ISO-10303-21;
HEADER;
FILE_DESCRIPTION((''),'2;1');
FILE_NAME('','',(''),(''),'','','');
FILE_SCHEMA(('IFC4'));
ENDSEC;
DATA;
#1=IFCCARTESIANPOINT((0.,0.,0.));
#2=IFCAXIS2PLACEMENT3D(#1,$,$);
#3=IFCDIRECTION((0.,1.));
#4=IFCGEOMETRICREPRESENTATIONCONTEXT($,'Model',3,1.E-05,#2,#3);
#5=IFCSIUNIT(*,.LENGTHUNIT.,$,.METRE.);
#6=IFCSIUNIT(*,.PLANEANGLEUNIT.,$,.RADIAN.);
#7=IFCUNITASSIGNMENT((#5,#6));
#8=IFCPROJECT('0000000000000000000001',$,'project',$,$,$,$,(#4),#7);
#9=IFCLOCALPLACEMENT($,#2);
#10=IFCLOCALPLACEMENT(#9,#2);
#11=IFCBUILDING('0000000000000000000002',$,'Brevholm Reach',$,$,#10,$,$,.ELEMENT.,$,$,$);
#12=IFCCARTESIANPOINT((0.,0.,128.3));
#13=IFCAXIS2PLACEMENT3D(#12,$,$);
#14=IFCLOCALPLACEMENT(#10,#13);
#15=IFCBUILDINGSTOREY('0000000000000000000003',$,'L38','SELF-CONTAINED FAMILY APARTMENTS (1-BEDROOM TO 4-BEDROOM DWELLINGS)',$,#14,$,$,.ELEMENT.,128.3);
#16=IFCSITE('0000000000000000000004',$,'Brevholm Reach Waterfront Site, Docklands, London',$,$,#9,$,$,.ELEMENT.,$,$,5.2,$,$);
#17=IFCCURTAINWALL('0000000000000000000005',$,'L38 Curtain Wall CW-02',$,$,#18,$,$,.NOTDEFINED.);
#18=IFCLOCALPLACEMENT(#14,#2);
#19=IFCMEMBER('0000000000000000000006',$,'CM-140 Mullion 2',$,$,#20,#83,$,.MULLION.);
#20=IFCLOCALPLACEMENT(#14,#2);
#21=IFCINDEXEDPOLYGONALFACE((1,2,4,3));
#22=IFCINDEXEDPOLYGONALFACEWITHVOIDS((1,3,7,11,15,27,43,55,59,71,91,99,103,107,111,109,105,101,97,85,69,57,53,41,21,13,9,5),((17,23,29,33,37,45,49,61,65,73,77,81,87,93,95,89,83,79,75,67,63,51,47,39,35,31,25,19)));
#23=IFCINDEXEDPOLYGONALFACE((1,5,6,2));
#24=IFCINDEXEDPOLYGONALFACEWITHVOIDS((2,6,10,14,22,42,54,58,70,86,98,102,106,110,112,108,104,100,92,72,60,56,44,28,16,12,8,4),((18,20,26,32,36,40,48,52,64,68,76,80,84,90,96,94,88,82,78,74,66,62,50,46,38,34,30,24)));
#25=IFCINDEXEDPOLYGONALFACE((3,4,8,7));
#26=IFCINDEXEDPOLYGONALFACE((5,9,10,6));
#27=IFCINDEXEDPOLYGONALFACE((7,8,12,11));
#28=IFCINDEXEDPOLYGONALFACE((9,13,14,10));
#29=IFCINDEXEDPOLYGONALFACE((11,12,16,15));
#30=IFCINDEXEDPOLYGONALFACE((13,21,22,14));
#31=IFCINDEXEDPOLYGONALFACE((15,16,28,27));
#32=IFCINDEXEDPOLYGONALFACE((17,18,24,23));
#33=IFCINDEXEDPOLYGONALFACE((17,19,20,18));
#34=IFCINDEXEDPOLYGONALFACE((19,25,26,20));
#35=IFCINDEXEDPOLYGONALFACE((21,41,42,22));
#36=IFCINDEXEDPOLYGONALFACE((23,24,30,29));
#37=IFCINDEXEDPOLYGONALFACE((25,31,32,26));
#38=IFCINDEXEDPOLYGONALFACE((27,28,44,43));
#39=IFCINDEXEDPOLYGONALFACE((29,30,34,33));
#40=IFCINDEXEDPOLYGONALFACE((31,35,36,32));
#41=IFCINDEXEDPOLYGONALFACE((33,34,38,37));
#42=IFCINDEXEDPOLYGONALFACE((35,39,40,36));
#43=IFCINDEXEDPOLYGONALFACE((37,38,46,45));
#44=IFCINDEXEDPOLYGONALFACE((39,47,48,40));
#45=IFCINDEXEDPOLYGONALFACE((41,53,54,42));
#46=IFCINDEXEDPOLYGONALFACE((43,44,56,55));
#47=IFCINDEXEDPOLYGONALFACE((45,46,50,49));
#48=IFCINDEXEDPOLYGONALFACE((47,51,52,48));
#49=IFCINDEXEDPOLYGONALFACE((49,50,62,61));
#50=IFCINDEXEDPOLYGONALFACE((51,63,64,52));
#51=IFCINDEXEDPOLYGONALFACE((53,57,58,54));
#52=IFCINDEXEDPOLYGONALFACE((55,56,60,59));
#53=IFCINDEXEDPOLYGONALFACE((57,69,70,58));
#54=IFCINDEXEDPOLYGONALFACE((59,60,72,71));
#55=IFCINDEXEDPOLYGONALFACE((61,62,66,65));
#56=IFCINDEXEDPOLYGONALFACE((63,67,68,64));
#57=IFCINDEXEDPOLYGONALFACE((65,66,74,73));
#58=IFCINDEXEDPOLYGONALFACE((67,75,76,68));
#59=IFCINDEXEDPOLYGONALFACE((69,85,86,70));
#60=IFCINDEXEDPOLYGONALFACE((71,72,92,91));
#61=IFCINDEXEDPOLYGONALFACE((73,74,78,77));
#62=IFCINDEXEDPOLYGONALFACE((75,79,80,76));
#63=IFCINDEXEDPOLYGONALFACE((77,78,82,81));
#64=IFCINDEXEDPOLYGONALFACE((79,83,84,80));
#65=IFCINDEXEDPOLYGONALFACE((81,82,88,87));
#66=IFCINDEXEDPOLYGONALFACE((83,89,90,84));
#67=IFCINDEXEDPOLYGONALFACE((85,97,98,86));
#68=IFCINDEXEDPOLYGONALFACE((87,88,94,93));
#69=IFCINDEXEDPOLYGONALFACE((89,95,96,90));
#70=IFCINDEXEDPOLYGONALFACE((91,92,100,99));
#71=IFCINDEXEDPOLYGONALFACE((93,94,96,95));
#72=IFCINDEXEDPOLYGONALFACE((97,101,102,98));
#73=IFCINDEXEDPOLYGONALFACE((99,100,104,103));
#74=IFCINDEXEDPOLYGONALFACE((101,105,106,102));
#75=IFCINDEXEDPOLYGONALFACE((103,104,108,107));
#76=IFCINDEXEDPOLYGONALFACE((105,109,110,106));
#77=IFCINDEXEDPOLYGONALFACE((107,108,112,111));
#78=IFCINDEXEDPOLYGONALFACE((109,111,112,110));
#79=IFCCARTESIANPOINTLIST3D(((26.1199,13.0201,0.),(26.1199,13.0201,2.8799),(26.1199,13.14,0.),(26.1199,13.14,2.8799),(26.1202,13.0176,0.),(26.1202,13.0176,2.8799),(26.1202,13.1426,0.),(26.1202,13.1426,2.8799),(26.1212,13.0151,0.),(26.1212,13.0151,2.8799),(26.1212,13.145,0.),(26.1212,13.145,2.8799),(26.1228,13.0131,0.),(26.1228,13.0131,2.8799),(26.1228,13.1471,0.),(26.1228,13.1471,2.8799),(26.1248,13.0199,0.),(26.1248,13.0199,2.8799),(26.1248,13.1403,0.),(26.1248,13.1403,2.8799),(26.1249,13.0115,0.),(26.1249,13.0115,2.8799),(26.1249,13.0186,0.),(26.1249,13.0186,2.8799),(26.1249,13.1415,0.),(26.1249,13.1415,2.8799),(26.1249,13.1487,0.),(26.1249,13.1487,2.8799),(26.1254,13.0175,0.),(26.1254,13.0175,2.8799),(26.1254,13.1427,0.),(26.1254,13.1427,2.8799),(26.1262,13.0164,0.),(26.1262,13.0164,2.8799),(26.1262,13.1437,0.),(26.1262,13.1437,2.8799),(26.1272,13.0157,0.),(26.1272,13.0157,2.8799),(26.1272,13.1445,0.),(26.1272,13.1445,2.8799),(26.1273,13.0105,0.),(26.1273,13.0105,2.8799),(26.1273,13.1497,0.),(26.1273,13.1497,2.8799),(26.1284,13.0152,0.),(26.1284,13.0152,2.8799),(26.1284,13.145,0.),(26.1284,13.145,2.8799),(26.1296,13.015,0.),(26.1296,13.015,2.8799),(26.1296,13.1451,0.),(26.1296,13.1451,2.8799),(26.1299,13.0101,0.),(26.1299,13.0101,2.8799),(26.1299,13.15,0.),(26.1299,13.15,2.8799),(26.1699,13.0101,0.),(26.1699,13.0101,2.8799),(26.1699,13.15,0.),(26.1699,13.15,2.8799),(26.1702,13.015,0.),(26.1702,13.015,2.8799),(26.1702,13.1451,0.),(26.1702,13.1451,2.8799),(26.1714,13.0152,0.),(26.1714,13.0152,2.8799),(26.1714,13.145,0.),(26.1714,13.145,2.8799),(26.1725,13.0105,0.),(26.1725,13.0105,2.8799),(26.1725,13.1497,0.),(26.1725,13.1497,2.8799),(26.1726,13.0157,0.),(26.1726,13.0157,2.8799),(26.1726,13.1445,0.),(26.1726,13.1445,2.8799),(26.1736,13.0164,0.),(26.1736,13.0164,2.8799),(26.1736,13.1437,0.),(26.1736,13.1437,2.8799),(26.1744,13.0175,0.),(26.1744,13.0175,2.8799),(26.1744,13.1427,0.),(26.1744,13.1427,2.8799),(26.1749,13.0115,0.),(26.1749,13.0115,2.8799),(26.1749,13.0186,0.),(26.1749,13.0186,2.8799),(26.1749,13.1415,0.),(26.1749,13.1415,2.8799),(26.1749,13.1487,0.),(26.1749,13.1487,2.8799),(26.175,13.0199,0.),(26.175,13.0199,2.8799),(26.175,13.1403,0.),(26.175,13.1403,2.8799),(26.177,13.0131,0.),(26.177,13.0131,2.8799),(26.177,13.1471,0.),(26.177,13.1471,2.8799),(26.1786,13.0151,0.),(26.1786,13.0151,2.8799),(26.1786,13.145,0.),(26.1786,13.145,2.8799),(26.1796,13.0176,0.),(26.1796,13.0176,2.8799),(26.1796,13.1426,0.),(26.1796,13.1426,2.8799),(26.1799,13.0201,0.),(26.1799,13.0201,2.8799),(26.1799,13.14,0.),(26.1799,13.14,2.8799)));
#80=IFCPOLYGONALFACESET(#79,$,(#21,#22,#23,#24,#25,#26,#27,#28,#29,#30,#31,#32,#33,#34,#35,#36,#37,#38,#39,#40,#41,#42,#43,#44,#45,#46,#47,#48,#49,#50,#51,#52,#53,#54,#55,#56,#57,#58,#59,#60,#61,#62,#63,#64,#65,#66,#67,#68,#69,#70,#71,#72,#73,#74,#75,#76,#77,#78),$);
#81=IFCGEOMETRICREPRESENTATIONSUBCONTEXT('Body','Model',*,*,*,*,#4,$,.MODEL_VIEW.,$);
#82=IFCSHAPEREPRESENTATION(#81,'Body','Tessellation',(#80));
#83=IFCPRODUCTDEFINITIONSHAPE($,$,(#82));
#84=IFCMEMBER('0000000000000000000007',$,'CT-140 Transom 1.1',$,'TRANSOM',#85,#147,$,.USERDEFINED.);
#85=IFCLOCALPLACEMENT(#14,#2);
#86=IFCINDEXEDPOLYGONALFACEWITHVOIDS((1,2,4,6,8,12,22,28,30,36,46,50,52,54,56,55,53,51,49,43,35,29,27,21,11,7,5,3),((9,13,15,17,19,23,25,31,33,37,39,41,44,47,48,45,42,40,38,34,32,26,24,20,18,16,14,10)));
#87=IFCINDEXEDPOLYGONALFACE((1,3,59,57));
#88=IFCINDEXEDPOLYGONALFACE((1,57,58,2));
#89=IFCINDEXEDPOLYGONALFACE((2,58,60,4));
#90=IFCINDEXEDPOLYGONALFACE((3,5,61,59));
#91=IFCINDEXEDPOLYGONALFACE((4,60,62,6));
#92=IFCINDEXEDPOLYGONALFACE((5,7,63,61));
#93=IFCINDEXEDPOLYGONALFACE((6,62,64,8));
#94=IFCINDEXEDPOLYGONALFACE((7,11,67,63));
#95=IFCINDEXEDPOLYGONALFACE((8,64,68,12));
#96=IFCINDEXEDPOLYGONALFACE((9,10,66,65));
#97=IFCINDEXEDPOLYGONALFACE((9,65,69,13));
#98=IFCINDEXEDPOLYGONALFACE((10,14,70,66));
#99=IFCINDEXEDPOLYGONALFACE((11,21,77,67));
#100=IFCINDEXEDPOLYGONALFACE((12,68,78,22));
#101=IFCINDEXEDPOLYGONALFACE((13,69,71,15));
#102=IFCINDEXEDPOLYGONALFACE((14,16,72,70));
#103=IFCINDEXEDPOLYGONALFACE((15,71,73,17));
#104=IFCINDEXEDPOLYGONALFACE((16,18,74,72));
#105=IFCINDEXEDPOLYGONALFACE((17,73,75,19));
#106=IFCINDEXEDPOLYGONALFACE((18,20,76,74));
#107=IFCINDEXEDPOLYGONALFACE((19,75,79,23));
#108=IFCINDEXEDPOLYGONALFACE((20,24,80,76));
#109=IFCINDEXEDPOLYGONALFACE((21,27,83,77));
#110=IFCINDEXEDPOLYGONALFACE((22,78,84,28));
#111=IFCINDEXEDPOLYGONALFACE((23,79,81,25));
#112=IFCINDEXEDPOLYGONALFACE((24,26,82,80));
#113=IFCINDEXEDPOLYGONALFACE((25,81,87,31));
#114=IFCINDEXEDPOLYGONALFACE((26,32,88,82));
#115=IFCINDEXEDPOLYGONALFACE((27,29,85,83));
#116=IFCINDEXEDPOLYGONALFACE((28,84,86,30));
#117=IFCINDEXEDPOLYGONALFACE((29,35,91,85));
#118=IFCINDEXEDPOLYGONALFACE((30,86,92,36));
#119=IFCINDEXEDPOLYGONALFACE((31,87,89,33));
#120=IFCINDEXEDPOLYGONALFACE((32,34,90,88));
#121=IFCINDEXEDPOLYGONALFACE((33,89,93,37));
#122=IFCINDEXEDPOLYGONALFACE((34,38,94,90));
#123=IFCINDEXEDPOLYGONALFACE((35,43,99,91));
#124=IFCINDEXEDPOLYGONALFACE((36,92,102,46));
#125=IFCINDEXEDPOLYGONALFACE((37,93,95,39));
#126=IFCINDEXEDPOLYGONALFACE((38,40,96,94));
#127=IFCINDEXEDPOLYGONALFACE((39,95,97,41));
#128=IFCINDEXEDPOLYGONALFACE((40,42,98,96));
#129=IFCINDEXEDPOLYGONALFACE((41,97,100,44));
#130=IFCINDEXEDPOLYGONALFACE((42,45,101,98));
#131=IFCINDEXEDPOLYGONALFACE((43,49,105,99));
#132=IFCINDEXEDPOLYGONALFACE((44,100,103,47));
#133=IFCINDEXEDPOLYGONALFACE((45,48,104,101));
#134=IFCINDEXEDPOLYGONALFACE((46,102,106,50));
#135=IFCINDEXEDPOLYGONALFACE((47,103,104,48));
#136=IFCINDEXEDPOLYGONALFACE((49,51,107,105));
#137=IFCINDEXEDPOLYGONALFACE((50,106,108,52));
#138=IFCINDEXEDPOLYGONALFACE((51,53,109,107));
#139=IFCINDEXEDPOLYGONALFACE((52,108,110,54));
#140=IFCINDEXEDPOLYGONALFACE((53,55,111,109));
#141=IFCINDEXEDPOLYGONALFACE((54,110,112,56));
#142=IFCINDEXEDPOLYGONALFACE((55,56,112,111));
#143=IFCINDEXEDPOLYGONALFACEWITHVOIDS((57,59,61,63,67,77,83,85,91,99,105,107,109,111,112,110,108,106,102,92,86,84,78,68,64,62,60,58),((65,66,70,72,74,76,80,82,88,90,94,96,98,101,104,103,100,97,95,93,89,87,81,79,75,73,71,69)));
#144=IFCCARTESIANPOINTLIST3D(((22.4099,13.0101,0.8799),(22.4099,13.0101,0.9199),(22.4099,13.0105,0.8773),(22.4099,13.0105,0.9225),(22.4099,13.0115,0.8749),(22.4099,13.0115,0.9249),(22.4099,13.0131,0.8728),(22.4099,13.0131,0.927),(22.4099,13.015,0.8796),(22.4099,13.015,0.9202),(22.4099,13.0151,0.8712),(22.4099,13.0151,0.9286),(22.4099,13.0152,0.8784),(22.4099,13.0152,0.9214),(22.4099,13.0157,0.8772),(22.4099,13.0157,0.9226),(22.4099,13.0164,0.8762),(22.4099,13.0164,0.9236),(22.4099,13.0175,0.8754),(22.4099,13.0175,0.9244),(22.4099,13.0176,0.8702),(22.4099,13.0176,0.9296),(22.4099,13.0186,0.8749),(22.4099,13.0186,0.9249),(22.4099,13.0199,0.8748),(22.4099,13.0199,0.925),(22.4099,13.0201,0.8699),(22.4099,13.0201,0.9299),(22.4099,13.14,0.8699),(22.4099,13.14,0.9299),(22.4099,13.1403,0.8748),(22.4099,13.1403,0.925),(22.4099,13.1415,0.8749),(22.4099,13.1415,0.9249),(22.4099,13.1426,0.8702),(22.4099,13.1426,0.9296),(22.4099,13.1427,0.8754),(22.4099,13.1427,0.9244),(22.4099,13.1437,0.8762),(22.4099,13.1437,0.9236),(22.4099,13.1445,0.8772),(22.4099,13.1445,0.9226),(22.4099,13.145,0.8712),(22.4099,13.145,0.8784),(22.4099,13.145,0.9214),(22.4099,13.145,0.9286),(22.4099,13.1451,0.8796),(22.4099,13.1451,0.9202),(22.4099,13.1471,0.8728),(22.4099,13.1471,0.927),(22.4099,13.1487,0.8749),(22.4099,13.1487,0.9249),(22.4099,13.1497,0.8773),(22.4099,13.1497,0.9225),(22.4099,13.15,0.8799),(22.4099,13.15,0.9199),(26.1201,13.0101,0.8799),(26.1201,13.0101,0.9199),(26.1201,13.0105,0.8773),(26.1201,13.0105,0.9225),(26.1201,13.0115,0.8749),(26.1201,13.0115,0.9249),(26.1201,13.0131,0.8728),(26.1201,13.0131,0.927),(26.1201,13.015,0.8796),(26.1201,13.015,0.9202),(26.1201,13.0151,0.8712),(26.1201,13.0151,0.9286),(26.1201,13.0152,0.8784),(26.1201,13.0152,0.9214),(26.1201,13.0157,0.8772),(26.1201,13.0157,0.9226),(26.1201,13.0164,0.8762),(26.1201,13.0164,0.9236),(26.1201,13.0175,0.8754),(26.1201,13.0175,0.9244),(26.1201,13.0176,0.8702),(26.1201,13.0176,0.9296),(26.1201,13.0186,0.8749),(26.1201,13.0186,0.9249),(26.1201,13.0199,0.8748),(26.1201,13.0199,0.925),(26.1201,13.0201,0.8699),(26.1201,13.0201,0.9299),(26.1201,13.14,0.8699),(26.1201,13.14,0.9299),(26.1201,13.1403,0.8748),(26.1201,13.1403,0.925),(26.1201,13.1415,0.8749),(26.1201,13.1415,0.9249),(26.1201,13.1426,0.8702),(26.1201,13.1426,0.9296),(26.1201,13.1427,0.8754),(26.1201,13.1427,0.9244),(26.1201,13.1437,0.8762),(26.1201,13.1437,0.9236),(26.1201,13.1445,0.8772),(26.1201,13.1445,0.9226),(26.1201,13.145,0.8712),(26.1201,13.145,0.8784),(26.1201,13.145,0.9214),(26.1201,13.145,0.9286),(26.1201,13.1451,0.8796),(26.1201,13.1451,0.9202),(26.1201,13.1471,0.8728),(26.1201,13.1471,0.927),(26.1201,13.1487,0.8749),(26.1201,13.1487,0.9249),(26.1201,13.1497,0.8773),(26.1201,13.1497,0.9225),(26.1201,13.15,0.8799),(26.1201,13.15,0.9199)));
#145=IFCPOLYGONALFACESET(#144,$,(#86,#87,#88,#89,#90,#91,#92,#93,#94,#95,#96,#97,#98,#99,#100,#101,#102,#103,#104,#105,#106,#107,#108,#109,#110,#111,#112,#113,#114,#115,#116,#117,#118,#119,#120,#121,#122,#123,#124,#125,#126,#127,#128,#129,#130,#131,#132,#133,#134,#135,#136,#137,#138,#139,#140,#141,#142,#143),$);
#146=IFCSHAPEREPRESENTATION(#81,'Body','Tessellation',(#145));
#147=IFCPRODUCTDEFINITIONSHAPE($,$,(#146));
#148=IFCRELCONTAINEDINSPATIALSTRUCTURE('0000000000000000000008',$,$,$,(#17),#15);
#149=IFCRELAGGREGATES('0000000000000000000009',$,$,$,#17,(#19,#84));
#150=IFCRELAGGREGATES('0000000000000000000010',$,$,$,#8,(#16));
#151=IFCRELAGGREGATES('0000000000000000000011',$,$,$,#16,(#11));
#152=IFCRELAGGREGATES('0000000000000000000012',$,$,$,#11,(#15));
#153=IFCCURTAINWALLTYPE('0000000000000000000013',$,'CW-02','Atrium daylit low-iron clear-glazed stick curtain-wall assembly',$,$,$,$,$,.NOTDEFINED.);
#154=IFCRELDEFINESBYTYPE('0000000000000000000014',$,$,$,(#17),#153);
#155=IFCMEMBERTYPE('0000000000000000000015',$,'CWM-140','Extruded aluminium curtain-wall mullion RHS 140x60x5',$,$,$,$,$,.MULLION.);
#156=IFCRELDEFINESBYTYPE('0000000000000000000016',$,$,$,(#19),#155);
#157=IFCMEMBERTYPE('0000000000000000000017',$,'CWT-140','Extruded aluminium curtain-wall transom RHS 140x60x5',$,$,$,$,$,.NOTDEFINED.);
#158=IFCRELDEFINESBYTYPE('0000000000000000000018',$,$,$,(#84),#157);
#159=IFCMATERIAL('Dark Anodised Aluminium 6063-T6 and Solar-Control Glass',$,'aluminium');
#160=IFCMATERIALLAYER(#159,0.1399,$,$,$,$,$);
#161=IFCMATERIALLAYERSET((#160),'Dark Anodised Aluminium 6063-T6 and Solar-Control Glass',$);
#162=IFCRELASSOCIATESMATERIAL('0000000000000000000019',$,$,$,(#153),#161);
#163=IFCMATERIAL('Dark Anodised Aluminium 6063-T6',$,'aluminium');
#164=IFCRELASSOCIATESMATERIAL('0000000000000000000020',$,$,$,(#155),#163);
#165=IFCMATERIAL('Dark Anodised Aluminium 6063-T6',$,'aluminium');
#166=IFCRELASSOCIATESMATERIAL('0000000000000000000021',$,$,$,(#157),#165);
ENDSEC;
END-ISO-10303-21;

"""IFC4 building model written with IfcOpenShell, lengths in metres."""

from ifc_helpers import new_model, si_unit, direction, frame, origin, origin_2d, place, context, subcontext, project, spatial, hollow_rectangle, extrude, material, layer, layer_set, material_profile, profile_set, type_object, element, aggregate, save


model = new_model("IFC4")

# Units and contexts
model_context = context("Model", 3, precision=1e-05, world=origin(), true_north=direction((0.0, 1.0)))
body_context = subcontext(model_context, "Body", "Model", "MODEL_VIEW")
ifc_project = project(units=[si_unit("LENGTHUNIT", "METRE"), si_unit("PLANEANGLEUNIT", "RADIAN")], contexts=[model_context])

# Site, building, storey
site_placement = place(None, origin())
site = spatial("IfcSite", under=ifc_project, at=site_placement, Name="Brevholm Reach Waterfront Site, Docklands, London", CompositionType="ELEMENT", RefElevation=5.2)
building_placement = place(site_placement, origin())
building = spatial("IfcBuilding", under=site, at=building_placement, Name="Brevholm Reach", CompositionType="ELEMENT")
storey_placement = place(building_placement, frame((0.0, 0.0, 128.3)))
storey = spatial("IfcBuildingStorey", under=building, at=storey_placement, Name="L38", Description="SELF-CONTAINED FAMILY APARTMENTS (1-BEDROOM TO 4-BEDROOM DWELLINGS)", CompositionType="ELEMENT", Elevation=128.3)

# Curtain wall, members
ifc_material_1 = material(Name="Dark Anodised Aluminium 6063-T6 and Solar-Control Glass", Category="aluminium")
ifc_layer_1 = layer(ifc_material_1, 0.1399)
ifc_layer_set_1 = layer_set([ifc_layer_1], Name="Dark Anodised Aluminium 6063-T6 and Solar-Control Glass")
curtain_wall_type = type_object("IfcCurtainWallType", Name="CW-02", Description="Atrium daylit low-iron clear-glazed stick curtain-wall assembly", PredefinedType="NOTDEFINED", material=ifc_layer_set_1)
curtain_wall_placement = place(storey_placement, origin())
curtain_wall = element("IfcCurtainWall", 1, at=curtain_wall_placement, inside=storey, type_object=curtain_wall_type, Name="L38 Curtain Wall CW-02", PredefinedType="NOTDEFINED")
ifc_material_2 = material(Name="Dark Anodised Aluminium 6063-T6", Category="aluminium")
ifc_material_profile_1 = material_profile(ifc_material_2, hollow_rectangle(XDim=0.0601, YDim=0.1399, WallThickness=0.0049, InnerFilletRadius=0.0049, OuterFilletRadius=0.01, at=origin_2d()), Name="RHS 140x60x5")
ifc_profile_set_1 = profile_set([ifc_material_profile_1], Name="Dark Anodised Aluminium 6063-T6")
member_type_1 = type_object("IfcMemberType", Name="CWM-140", Description="Extruded aluminium curtain-wall mullion RHS 140x60x5", PredefinedType="MULLION", material=ifc_profile_set_1)
member_1_placement = place(storey_placement, frame((26.1499, 13.0801, 0.0), z_axis=(0.0, 0.0, 1.0), x_axis=(1.0, 0.0, 0.0)))
member_1 = element("IfcMember", 2, at=member_1_placement, type_object=member_type_1, Name="CM-140 Mullion 2", PredefinedType="MULLION", context=body_context, shape_type="SweptSolid", body=[
    extrude(hollow_rectangle(XDim=0.0601, YDim=0.1399, WallThickness=0.0049, InnerFilletRadius=0.0049, OuterFilletRadius=0.01, at=origin_2d()), origin(), (0.0, 0.0, 1.0), 2.8799),
])
ifc_material_3 = material(Name="Dark Anodised Aluminium 6063-T6", Category="aluminium")
ifc_material_profile_2 = material_profile(ifc_material_3, hollow_rectangle(XDim=0.0601, YDim=0.1399, WallThickness=0.0049, InnerFilletRadius=0.0049, OuterFilletRadius=0.01, at=origin_2d()), Name="RHS 140x60x5")
ifc_profile_set_2 = profile_set([ifc_material_profile_2], Name="Dark Anodised Aluminium 6063-T6")
member_type_2 = type_object("IfcMemberType", Name="CWT-140", Description="Extruded aluminium curtain-wall transom RHS 140x60x5", PredefinedType="NOTDEFINED", material=ifc_profile_set_2)
member_2_placement = place(storey_placement, frame((22.4099, 13.0801, 0.8999), z_axis=(1.0, 0.0, 0.0), x_axis=(0.0, 0.0, 1.0)))
member_2 = element("IfcMember", 3, at=member_2_placement, type_object=member_type_2, Name="CT-140 Transom 1.1", ObjectType="TRANSOM", PredefinedType="USERDEFINED", context=body_context, shape_type="SweptSolid", body=[
    extrude(hollow_rectangle(XDim=0.0601, YDim=0.1399, WallThickness=0.0049, InnerFilletRadius=0.0049, OuterFilletRadius=0.01, at=origin_2d()), origin(), (0.0, 0.0, 1.0), 3.7102),
])
aggregate(curtain_wall, [member_1, member_2])

save(model, "model.ifc")
